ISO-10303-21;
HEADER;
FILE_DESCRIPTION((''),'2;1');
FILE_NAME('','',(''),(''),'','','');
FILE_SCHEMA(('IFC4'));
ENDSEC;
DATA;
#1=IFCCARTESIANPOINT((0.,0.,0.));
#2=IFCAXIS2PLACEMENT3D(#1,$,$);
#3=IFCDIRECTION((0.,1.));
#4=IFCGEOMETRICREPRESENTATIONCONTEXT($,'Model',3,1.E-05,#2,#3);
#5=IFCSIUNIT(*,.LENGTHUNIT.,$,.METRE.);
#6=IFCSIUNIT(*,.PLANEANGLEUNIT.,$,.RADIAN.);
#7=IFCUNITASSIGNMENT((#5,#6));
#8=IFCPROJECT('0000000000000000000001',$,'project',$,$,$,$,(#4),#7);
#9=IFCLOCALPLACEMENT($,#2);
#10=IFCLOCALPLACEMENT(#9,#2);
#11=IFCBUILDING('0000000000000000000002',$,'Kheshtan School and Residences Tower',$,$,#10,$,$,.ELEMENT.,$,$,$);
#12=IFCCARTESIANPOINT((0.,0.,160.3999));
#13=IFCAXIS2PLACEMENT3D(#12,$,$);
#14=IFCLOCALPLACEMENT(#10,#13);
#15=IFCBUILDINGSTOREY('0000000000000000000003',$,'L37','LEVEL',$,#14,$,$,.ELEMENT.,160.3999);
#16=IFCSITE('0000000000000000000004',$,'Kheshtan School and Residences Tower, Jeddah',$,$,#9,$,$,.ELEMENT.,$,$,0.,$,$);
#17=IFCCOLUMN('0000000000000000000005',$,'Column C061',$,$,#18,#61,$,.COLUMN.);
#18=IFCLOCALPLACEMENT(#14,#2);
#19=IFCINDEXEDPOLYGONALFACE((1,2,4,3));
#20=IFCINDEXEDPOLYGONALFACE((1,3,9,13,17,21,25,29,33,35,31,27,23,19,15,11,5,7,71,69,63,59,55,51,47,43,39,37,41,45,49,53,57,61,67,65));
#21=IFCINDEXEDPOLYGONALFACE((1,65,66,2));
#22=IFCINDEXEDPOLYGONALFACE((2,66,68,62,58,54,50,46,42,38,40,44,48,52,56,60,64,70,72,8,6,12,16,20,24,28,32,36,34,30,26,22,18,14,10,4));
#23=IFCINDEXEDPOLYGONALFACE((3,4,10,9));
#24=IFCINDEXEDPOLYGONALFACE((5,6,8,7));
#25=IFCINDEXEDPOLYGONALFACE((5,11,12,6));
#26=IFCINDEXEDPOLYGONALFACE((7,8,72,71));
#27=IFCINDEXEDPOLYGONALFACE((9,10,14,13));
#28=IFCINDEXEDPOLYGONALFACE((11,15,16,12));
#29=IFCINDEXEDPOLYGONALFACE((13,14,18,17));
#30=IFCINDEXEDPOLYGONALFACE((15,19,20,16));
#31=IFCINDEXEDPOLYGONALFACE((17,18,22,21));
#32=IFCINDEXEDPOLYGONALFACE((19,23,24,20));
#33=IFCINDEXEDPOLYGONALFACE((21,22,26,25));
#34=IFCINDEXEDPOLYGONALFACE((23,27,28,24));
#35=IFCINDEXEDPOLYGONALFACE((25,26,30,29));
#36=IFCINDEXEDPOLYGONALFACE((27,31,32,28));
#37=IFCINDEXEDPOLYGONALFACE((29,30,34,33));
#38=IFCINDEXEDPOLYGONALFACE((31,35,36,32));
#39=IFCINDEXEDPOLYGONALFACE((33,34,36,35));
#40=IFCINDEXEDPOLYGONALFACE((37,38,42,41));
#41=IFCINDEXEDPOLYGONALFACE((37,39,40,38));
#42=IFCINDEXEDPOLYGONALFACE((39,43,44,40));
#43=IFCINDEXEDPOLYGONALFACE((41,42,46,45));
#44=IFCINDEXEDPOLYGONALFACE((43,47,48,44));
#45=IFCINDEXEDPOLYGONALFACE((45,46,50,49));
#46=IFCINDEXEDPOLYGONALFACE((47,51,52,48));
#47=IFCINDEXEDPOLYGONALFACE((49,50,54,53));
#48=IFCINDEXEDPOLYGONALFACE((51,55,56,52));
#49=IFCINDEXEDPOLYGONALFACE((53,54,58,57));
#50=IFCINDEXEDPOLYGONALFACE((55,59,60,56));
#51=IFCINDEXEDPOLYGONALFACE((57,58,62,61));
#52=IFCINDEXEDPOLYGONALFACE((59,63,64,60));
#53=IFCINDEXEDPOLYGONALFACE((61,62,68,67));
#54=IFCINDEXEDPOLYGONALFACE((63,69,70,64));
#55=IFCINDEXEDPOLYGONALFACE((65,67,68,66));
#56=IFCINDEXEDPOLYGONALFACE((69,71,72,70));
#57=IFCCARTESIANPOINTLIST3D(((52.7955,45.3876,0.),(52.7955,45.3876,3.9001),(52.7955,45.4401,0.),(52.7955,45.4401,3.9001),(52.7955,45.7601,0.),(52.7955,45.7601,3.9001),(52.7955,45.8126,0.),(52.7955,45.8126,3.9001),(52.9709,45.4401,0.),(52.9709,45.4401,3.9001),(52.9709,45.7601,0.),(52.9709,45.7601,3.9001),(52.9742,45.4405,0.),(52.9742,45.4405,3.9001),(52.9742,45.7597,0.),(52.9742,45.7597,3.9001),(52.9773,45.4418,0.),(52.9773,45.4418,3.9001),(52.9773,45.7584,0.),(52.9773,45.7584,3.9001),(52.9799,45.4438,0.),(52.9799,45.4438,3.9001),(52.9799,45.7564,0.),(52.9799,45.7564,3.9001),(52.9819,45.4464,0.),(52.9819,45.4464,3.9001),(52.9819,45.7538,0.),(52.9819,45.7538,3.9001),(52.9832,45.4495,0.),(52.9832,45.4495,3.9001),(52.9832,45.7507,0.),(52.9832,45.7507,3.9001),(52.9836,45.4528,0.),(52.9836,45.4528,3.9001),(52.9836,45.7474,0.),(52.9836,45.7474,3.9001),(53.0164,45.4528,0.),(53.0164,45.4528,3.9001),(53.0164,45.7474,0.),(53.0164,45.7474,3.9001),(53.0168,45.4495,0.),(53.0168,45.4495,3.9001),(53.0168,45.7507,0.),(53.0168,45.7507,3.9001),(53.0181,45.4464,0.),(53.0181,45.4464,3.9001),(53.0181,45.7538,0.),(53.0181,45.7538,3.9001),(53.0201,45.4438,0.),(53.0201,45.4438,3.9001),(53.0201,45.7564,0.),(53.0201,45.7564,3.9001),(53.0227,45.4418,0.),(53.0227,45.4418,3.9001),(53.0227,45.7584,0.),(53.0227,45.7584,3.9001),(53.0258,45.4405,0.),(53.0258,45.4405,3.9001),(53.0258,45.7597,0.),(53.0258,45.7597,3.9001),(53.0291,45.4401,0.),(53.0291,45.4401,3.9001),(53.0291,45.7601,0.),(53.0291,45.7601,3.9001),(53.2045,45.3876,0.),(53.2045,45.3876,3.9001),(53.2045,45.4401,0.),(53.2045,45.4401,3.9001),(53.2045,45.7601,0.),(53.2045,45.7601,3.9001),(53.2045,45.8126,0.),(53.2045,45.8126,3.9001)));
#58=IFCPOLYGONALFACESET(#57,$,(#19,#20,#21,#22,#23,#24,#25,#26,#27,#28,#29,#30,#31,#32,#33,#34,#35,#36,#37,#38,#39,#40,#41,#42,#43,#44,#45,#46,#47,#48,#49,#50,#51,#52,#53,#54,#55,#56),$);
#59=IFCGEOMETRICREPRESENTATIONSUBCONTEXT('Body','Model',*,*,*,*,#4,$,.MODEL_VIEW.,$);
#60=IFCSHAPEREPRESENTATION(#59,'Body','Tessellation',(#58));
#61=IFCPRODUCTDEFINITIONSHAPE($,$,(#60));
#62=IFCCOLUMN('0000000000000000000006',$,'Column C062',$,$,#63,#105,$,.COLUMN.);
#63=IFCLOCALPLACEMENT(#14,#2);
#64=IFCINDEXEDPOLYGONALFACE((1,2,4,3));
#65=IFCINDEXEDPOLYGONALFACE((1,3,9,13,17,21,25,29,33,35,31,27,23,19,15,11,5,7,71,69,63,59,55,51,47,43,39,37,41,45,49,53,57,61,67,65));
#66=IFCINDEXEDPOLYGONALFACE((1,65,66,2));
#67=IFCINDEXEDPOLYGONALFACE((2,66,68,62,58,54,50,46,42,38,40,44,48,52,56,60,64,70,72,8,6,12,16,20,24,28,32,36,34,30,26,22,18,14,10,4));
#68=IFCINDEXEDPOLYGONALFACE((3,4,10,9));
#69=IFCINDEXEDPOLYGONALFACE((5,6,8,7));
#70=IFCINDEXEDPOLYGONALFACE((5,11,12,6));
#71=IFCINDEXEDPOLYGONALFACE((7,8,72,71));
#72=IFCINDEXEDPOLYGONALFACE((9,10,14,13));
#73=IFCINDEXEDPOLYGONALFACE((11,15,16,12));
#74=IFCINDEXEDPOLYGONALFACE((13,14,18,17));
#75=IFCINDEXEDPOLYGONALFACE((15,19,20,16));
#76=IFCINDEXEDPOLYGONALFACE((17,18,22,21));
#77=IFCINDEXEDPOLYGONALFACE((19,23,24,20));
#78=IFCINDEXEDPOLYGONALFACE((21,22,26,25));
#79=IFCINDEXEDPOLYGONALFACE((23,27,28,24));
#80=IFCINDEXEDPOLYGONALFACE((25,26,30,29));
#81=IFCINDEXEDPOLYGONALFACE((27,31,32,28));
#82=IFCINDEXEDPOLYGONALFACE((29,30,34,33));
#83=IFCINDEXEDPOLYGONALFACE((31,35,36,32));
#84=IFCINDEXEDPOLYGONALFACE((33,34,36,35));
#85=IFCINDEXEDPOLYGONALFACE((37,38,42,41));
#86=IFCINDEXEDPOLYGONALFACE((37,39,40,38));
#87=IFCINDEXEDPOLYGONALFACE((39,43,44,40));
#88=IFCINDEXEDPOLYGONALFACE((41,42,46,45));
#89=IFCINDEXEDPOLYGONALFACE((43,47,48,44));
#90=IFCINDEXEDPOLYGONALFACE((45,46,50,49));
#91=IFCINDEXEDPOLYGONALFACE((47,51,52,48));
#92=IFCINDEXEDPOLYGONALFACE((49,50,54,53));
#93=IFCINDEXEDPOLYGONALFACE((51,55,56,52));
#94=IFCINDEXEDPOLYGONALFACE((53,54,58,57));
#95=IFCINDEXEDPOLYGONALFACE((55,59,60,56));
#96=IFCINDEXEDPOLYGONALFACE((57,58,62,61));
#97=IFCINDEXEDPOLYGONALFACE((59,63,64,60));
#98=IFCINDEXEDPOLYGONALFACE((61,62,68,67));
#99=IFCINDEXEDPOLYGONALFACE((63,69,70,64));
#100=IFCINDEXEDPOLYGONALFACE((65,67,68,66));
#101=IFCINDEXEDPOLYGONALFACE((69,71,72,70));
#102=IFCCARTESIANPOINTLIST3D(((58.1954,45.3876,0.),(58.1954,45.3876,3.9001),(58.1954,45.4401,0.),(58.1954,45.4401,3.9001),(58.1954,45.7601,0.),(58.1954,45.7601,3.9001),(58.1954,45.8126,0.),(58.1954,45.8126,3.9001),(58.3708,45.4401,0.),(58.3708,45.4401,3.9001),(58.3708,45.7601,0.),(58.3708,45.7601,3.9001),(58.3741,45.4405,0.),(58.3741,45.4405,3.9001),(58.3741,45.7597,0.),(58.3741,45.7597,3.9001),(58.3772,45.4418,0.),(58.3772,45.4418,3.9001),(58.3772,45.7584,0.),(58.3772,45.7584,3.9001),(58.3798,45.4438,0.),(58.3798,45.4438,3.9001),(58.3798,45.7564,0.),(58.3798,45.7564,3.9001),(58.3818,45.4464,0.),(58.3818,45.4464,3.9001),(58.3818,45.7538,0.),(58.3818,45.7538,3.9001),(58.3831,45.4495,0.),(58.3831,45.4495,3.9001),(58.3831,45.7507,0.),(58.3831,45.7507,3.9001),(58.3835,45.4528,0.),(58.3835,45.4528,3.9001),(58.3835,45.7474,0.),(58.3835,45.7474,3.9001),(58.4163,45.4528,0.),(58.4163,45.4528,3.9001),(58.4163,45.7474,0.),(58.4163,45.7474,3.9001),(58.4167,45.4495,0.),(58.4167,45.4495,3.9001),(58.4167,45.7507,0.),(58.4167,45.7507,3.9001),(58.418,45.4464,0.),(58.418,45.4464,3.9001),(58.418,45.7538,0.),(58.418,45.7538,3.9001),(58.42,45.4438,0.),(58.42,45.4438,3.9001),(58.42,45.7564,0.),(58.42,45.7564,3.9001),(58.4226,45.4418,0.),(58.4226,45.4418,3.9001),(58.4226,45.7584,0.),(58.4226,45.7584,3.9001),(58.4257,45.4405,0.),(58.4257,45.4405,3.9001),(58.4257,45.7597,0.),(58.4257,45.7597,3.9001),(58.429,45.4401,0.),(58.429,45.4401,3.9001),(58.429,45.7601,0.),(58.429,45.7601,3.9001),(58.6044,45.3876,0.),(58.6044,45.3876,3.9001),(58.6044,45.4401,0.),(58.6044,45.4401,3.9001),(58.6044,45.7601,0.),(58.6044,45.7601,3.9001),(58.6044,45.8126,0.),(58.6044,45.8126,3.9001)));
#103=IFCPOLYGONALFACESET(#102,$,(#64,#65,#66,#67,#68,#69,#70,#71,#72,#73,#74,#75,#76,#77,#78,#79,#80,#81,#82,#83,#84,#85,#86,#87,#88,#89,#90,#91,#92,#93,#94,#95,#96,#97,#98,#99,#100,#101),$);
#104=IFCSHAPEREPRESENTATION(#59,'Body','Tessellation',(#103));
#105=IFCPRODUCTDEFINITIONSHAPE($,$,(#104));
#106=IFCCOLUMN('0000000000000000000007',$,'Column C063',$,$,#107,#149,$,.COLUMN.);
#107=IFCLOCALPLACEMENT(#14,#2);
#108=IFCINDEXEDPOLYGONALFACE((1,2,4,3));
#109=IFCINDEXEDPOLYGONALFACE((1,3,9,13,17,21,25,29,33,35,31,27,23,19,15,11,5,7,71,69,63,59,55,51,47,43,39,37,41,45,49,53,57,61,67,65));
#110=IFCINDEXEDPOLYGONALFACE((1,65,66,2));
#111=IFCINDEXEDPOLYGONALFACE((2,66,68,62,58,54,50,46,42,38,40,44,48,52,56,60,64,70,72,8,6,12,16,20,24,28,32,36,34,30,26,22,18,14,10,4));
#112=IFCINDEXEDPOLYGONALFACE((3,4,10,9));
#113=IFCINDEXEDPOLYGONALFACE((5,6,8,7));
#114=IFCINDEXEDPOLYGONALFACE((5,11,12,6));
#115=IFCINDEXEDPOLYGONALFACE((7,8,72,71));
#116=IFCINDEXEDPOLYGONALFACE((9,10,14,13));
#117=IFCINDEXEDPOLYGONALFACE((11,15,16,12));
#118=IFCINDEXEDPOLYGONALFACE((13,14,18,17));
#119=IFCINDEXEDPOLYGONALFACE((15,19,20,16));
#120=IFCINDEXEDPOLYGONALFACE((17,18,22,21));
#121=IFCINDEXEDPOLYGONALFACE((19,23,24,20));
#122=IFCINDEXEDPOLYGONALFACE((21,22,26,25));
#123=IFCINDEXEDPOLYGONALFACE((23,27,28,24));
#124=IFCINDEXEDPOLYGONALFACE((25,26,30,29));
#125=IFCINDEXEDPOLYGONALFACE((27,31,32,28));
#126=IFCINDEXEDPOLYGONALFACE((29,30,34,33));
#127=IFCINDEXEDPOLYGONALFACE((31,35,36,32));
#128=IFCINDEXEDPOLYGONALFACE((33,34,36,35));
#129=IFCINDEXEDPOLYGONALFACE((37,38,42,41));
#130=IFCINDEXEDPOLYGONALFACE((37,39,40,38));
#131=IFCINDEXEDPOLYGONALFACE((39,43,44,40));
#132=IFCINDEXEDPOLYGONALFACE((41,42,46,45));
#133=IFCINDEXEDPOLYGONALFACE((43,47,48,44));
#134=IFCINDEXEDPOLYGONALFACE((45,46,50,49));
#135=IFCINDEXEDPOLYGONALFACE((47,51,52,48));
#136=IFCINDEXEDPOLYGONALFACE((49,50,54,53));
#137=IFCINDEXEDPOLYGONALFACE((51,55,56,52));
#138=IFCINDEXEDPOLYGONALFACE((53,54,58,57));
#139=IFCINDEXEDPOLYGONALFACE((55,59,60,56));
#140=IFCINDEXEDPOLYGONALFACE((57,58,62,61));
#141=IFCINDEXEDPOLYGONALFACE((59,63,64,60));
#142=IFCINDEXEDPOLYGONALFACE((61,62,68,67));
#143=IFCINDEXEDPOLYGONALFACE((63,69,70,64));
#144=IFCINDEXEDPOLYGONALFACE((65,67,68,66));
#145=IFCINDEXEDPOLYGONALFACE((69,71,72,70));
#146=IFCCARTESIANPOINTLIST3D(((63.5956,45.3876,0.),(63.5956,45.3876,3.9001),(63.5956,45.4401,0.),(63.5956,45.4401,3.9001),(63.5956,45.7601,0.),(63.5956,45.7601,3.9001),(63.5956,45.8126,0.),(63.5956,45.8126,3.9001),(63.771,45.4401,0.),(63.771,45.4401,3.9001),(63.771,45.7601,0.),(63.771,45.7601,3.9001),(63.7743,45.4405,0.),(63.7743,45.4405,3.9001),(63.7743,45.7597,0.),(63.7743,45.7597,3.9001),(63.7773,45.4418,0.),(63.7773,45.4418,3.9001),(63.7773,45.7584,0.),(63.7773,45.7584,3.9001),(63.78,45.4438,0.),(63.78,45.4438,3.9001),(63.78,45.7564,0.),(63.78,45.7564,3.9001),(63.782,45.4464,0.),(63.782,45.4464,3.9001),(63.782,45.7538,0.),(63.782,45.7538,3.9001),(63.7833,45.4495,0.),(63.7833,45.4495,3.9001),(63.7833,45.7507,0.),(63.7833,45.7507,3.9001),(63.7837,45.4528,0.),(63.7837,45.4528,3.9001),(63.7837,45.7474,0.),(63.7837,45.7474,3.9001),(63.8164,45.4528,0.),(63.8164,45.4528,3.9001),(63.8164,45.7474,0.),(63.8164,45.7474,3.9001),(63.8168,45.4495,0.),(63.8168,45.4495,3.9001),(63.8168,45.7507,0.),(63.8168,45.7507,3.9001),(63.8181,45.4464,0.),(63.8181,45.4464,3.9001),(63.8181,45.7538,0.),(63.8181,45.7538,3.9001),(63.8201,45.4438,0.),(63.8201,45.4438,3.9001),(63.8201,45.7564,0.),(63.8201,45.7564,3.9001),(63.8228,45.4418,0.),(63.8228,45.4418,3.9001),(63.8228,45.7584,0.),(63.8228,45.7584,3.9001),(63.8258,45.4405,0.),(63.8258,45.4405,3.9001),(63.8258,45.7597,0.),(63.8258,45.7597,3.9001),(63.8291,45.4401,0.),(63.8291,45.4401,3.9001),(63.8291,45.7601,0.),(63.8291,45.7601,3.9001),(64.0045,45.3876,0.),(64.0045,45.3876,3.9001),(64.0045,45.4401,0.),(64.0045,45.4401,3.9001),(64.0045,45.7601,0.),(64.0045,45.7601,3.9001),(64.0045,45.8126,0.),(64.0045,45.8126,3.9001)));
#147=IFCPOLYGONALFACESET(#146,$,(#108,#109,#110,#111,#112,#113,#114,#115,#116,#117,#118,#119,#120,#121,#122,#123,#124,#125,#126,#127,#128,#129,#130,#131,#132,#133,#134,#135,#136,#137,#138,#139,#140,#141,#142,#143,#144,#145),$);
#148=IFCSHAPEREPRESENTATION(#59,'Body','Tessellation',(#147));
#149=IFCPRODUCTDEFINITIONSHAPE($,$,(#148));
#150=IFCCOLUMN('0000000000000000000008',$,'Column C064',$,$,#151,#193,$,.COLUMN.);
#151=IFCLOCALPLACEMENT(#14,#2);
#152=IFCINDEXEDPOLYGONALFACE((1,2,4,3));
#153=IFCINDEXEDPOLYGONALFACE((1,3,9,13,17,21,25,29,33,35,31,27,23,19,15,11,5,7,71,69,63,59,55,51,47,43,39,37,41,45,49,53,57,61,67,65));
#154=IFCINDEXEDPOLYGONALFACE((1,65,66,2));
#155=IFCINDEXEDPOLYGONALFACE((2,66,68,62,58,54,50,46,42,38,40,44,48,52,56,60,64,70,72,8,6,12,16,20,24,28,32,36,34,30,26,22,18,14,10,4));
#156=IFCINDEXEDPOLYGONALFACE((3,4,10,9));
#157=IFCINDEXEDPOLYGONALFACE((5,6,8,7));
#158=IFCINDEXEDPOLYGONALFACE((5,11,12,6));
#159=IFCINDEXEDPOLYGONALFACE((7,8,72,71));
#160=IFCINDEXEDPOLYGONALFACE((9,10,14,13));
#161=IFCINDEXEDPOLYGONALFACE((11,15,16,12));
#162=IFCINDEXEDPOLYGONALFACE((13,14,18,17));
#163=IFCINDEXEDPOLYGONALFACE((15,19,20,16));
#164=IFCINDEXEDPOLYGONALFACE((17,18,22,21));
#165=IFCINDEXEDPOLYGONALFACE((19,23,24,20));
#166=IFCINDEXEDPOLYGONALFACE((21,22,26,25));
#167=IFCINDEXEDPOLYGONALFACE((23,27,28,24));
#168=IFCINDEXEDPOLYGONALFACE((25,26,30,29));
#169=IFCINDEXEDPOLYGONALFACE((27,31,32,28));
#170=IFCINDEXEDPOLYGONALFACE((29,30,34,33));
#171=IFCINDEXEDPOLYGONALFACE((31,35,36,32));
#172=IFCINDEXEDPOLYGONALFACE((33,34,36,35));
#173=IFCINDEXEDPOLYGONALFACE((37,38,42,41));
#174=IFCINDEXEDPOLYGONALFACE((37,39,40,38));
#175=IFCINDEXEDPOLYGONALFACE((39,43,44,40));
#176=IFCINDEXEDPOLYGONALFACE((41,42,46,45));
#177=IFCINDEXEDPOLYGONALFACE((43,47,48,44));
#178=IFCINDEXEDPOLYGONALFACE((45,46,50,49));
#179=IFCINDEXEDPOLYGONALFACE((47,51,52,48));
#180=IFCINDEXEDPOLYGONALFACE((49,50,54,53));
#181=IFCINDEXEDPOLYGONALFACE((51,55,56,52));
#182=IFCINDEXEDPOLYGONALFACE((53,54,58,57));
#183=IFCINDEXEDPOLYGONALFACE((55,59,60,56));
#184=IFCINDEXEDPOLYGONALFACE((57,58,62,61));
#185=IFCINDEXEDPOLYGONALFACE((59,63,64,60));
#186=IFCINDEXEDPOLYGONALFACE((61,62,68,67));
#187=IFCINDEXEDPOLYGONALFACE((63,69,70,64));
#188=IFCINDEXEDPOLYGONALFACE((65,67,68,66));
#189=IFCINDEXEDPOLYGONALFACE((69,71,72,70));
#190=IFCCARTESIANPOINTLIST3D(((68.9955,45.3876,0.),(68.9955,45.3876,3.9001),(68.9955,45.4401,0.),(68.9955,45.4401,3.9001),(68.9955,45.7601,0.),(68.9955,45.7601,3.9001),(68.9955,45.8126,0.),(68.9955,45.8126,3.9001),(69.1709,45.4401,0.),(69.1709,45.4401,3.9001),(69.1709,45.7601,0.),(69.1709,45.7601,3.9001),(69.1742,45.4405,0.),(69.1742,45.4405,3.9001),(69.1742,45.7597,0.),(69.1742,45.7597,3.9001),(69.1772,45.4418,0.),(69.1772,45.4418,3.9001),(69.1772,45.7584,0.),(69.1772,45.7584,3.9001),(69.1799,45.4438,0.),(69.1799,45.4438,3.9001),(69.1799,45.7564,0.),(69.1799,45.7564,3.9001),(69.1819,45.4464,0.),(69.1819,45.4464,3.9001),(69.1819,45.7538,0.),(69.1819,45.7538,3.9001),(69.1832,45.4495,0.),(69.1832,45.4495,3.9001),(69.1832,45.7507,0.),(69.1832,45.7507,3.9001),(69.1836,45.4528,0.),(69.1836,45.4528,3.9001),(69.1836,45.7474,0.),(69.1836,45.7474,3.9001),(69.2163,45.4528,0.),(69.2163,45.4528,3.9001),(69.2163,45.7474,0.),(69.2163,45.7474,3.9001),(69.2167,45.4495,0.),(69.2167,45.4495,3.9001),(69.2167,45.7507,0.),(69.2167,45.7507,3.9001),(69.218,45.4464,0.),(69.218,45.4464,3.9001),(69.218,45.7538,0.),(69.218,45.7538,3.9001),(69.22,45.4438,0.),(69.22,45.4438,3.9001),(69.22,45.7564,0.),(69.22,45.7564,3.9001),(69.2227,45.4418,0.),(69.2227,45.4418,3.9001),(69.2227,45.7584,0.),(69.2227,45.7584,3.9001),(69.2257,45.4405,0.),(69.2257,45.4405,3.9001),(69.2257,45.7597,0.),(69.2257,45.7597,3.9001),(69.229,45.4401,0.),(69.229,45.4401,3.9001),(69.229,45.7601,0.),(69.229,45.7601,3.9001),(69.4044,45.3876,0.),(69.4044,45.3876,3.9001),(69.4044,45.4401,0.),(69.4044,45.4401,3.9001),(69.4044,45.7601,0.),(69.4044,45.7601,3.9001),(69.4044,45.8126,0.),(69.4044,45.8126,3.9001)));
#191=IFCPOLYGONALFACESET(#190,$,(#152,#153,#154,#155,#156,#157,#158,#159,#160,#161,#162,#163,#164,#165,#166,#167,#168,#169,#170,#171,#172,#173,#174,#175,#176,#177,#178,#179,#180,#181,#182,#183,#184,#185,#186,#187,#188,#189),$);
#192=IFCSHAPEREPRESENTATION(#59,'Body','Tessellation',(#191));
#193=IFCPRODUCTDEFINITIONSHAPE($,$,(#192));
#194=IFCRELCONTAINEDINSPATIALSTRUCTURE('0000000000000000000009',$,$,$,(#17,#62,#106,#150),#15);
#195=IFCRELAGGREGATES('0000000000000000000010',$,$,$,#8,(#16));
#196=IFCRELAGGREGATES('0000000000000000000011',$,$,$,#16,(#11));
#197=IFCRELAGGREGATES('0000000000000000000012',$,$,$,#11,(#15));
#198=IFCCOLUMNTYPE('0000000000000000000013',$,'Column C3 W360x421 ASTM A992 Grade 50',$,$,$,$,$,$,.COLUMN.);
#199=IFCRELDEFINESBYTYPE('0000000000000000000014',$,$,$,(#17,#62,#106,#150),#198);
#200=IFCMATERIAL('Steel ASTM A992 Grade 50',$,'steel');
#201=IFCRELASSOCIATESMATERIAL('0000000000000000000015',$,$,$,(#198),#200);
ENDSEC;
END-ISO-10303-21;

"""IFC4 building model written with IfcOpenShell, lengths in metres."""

from ifc_helpers import new_model, si_unit, direction, frame, origin, origin_2d, place, context, subcontext, project, spatial, i_section, extrude, material, material_profile, profile_set, type_object, element, save


model = new_model("IFC4")

# Units and contexts
model_context = context("Model", 3, precision=1e-05, world=origin(), true_north=direction((0.0, 1.0)))
body_context = subcontext(model_context, "Body", "Model", "MODEL_VIEW")
ifc_project = project(units=[si_unit("LENGTHUNIT", "METRE"), si_unit("PLANEANGLEUNIT", "RADIAN")], contexts=[model_context])

# Site, building, storey
site_placement = place(None, origin())
site = spatial("IfcSite", under=ifc_project, at=site_placement, Name="Kheshtan School and Residences Tower, Jeddah", CompositionType="ELEMENT", RefElevation=0.0)
building_placement = place(site_placement, origin())
building = spatial("IfcBuilding", under=site, at=building_placement, Name="Kheshtan School and Residences Tower", CompositionType="ELEMENT")
storey_placement = place(building_placement, frame((0.0, 0.0, 160.3999)))
storey = spatial("IfcBuildingStorey", under=building, at=storey_placement, Name="L37", Description="LEVEL", CompositionType="ELEMENT", Elevation=160.3999)

# Columns
ifc_material_1 = material(Name="Steel ASTM A992 Grade 50", Category="steel")
ifc_material_profile_1 = material_profile(ifc_material_1, i_section(OverallWidth=0.4089, OverallDepth=0.425, WebThickness=0.0327, FlangeThickness=0.0525, FilletRadius=0.0127, at=origin_2d()), Name="W360x421")
ifc_profile_set_1 = profile_set([ifc_material_profile_1], Name="Steel ASTM A992 Grade 50")
column_type_1 = type_object("IfcColumnType", Name="Column C3 W360x421 ASTM A992 Grade 50", PredefinedType="COLUMN", material=ifc_profile_set_1)
for number, where, z_axis, x_axis, name in (
    (1, (53.0, 45.6001, 0.0), (0.0, 0.0, 1.0), (1.0, 0.0, 0.0), "Column C061"),
    (2, (58.3999, 45.6001, 0.0), (0.0, 0.0, 1.0), (1.0, 0.0, 0.0), "Column C062"),
    (3, (63.8, 45.6001, 0.0), (0.0, 0.0, 1.0), (1.0, 0.0, 0.0), "Column C063"),
    (4, (69.2, 45.6001, 0.0), (0.0, 0.0, 1.0), (1.0, 0.0, 0.0), "Column C064"),
):
    element("IfcColumn", number, at=place(storey_placement, frame(where, z_axis=z_axis, x_axis=x_axis)), inside=storey, type_object=column_type_1, Name=name, PredefinedType="COLUMN", context=body_context, shape_type="SweptSolid", body=[
        extrude(i_section(OverallWidth=0.4089, OverallDepth=0.425, WebThickness=0.0327, FlangeThickness=0.0525, FilletRadius=0.0127, at=origin_2d()), origin(), (0.0, 0.0, 1.0), 3.9001),
    ])

save(model, "model.ifc")
